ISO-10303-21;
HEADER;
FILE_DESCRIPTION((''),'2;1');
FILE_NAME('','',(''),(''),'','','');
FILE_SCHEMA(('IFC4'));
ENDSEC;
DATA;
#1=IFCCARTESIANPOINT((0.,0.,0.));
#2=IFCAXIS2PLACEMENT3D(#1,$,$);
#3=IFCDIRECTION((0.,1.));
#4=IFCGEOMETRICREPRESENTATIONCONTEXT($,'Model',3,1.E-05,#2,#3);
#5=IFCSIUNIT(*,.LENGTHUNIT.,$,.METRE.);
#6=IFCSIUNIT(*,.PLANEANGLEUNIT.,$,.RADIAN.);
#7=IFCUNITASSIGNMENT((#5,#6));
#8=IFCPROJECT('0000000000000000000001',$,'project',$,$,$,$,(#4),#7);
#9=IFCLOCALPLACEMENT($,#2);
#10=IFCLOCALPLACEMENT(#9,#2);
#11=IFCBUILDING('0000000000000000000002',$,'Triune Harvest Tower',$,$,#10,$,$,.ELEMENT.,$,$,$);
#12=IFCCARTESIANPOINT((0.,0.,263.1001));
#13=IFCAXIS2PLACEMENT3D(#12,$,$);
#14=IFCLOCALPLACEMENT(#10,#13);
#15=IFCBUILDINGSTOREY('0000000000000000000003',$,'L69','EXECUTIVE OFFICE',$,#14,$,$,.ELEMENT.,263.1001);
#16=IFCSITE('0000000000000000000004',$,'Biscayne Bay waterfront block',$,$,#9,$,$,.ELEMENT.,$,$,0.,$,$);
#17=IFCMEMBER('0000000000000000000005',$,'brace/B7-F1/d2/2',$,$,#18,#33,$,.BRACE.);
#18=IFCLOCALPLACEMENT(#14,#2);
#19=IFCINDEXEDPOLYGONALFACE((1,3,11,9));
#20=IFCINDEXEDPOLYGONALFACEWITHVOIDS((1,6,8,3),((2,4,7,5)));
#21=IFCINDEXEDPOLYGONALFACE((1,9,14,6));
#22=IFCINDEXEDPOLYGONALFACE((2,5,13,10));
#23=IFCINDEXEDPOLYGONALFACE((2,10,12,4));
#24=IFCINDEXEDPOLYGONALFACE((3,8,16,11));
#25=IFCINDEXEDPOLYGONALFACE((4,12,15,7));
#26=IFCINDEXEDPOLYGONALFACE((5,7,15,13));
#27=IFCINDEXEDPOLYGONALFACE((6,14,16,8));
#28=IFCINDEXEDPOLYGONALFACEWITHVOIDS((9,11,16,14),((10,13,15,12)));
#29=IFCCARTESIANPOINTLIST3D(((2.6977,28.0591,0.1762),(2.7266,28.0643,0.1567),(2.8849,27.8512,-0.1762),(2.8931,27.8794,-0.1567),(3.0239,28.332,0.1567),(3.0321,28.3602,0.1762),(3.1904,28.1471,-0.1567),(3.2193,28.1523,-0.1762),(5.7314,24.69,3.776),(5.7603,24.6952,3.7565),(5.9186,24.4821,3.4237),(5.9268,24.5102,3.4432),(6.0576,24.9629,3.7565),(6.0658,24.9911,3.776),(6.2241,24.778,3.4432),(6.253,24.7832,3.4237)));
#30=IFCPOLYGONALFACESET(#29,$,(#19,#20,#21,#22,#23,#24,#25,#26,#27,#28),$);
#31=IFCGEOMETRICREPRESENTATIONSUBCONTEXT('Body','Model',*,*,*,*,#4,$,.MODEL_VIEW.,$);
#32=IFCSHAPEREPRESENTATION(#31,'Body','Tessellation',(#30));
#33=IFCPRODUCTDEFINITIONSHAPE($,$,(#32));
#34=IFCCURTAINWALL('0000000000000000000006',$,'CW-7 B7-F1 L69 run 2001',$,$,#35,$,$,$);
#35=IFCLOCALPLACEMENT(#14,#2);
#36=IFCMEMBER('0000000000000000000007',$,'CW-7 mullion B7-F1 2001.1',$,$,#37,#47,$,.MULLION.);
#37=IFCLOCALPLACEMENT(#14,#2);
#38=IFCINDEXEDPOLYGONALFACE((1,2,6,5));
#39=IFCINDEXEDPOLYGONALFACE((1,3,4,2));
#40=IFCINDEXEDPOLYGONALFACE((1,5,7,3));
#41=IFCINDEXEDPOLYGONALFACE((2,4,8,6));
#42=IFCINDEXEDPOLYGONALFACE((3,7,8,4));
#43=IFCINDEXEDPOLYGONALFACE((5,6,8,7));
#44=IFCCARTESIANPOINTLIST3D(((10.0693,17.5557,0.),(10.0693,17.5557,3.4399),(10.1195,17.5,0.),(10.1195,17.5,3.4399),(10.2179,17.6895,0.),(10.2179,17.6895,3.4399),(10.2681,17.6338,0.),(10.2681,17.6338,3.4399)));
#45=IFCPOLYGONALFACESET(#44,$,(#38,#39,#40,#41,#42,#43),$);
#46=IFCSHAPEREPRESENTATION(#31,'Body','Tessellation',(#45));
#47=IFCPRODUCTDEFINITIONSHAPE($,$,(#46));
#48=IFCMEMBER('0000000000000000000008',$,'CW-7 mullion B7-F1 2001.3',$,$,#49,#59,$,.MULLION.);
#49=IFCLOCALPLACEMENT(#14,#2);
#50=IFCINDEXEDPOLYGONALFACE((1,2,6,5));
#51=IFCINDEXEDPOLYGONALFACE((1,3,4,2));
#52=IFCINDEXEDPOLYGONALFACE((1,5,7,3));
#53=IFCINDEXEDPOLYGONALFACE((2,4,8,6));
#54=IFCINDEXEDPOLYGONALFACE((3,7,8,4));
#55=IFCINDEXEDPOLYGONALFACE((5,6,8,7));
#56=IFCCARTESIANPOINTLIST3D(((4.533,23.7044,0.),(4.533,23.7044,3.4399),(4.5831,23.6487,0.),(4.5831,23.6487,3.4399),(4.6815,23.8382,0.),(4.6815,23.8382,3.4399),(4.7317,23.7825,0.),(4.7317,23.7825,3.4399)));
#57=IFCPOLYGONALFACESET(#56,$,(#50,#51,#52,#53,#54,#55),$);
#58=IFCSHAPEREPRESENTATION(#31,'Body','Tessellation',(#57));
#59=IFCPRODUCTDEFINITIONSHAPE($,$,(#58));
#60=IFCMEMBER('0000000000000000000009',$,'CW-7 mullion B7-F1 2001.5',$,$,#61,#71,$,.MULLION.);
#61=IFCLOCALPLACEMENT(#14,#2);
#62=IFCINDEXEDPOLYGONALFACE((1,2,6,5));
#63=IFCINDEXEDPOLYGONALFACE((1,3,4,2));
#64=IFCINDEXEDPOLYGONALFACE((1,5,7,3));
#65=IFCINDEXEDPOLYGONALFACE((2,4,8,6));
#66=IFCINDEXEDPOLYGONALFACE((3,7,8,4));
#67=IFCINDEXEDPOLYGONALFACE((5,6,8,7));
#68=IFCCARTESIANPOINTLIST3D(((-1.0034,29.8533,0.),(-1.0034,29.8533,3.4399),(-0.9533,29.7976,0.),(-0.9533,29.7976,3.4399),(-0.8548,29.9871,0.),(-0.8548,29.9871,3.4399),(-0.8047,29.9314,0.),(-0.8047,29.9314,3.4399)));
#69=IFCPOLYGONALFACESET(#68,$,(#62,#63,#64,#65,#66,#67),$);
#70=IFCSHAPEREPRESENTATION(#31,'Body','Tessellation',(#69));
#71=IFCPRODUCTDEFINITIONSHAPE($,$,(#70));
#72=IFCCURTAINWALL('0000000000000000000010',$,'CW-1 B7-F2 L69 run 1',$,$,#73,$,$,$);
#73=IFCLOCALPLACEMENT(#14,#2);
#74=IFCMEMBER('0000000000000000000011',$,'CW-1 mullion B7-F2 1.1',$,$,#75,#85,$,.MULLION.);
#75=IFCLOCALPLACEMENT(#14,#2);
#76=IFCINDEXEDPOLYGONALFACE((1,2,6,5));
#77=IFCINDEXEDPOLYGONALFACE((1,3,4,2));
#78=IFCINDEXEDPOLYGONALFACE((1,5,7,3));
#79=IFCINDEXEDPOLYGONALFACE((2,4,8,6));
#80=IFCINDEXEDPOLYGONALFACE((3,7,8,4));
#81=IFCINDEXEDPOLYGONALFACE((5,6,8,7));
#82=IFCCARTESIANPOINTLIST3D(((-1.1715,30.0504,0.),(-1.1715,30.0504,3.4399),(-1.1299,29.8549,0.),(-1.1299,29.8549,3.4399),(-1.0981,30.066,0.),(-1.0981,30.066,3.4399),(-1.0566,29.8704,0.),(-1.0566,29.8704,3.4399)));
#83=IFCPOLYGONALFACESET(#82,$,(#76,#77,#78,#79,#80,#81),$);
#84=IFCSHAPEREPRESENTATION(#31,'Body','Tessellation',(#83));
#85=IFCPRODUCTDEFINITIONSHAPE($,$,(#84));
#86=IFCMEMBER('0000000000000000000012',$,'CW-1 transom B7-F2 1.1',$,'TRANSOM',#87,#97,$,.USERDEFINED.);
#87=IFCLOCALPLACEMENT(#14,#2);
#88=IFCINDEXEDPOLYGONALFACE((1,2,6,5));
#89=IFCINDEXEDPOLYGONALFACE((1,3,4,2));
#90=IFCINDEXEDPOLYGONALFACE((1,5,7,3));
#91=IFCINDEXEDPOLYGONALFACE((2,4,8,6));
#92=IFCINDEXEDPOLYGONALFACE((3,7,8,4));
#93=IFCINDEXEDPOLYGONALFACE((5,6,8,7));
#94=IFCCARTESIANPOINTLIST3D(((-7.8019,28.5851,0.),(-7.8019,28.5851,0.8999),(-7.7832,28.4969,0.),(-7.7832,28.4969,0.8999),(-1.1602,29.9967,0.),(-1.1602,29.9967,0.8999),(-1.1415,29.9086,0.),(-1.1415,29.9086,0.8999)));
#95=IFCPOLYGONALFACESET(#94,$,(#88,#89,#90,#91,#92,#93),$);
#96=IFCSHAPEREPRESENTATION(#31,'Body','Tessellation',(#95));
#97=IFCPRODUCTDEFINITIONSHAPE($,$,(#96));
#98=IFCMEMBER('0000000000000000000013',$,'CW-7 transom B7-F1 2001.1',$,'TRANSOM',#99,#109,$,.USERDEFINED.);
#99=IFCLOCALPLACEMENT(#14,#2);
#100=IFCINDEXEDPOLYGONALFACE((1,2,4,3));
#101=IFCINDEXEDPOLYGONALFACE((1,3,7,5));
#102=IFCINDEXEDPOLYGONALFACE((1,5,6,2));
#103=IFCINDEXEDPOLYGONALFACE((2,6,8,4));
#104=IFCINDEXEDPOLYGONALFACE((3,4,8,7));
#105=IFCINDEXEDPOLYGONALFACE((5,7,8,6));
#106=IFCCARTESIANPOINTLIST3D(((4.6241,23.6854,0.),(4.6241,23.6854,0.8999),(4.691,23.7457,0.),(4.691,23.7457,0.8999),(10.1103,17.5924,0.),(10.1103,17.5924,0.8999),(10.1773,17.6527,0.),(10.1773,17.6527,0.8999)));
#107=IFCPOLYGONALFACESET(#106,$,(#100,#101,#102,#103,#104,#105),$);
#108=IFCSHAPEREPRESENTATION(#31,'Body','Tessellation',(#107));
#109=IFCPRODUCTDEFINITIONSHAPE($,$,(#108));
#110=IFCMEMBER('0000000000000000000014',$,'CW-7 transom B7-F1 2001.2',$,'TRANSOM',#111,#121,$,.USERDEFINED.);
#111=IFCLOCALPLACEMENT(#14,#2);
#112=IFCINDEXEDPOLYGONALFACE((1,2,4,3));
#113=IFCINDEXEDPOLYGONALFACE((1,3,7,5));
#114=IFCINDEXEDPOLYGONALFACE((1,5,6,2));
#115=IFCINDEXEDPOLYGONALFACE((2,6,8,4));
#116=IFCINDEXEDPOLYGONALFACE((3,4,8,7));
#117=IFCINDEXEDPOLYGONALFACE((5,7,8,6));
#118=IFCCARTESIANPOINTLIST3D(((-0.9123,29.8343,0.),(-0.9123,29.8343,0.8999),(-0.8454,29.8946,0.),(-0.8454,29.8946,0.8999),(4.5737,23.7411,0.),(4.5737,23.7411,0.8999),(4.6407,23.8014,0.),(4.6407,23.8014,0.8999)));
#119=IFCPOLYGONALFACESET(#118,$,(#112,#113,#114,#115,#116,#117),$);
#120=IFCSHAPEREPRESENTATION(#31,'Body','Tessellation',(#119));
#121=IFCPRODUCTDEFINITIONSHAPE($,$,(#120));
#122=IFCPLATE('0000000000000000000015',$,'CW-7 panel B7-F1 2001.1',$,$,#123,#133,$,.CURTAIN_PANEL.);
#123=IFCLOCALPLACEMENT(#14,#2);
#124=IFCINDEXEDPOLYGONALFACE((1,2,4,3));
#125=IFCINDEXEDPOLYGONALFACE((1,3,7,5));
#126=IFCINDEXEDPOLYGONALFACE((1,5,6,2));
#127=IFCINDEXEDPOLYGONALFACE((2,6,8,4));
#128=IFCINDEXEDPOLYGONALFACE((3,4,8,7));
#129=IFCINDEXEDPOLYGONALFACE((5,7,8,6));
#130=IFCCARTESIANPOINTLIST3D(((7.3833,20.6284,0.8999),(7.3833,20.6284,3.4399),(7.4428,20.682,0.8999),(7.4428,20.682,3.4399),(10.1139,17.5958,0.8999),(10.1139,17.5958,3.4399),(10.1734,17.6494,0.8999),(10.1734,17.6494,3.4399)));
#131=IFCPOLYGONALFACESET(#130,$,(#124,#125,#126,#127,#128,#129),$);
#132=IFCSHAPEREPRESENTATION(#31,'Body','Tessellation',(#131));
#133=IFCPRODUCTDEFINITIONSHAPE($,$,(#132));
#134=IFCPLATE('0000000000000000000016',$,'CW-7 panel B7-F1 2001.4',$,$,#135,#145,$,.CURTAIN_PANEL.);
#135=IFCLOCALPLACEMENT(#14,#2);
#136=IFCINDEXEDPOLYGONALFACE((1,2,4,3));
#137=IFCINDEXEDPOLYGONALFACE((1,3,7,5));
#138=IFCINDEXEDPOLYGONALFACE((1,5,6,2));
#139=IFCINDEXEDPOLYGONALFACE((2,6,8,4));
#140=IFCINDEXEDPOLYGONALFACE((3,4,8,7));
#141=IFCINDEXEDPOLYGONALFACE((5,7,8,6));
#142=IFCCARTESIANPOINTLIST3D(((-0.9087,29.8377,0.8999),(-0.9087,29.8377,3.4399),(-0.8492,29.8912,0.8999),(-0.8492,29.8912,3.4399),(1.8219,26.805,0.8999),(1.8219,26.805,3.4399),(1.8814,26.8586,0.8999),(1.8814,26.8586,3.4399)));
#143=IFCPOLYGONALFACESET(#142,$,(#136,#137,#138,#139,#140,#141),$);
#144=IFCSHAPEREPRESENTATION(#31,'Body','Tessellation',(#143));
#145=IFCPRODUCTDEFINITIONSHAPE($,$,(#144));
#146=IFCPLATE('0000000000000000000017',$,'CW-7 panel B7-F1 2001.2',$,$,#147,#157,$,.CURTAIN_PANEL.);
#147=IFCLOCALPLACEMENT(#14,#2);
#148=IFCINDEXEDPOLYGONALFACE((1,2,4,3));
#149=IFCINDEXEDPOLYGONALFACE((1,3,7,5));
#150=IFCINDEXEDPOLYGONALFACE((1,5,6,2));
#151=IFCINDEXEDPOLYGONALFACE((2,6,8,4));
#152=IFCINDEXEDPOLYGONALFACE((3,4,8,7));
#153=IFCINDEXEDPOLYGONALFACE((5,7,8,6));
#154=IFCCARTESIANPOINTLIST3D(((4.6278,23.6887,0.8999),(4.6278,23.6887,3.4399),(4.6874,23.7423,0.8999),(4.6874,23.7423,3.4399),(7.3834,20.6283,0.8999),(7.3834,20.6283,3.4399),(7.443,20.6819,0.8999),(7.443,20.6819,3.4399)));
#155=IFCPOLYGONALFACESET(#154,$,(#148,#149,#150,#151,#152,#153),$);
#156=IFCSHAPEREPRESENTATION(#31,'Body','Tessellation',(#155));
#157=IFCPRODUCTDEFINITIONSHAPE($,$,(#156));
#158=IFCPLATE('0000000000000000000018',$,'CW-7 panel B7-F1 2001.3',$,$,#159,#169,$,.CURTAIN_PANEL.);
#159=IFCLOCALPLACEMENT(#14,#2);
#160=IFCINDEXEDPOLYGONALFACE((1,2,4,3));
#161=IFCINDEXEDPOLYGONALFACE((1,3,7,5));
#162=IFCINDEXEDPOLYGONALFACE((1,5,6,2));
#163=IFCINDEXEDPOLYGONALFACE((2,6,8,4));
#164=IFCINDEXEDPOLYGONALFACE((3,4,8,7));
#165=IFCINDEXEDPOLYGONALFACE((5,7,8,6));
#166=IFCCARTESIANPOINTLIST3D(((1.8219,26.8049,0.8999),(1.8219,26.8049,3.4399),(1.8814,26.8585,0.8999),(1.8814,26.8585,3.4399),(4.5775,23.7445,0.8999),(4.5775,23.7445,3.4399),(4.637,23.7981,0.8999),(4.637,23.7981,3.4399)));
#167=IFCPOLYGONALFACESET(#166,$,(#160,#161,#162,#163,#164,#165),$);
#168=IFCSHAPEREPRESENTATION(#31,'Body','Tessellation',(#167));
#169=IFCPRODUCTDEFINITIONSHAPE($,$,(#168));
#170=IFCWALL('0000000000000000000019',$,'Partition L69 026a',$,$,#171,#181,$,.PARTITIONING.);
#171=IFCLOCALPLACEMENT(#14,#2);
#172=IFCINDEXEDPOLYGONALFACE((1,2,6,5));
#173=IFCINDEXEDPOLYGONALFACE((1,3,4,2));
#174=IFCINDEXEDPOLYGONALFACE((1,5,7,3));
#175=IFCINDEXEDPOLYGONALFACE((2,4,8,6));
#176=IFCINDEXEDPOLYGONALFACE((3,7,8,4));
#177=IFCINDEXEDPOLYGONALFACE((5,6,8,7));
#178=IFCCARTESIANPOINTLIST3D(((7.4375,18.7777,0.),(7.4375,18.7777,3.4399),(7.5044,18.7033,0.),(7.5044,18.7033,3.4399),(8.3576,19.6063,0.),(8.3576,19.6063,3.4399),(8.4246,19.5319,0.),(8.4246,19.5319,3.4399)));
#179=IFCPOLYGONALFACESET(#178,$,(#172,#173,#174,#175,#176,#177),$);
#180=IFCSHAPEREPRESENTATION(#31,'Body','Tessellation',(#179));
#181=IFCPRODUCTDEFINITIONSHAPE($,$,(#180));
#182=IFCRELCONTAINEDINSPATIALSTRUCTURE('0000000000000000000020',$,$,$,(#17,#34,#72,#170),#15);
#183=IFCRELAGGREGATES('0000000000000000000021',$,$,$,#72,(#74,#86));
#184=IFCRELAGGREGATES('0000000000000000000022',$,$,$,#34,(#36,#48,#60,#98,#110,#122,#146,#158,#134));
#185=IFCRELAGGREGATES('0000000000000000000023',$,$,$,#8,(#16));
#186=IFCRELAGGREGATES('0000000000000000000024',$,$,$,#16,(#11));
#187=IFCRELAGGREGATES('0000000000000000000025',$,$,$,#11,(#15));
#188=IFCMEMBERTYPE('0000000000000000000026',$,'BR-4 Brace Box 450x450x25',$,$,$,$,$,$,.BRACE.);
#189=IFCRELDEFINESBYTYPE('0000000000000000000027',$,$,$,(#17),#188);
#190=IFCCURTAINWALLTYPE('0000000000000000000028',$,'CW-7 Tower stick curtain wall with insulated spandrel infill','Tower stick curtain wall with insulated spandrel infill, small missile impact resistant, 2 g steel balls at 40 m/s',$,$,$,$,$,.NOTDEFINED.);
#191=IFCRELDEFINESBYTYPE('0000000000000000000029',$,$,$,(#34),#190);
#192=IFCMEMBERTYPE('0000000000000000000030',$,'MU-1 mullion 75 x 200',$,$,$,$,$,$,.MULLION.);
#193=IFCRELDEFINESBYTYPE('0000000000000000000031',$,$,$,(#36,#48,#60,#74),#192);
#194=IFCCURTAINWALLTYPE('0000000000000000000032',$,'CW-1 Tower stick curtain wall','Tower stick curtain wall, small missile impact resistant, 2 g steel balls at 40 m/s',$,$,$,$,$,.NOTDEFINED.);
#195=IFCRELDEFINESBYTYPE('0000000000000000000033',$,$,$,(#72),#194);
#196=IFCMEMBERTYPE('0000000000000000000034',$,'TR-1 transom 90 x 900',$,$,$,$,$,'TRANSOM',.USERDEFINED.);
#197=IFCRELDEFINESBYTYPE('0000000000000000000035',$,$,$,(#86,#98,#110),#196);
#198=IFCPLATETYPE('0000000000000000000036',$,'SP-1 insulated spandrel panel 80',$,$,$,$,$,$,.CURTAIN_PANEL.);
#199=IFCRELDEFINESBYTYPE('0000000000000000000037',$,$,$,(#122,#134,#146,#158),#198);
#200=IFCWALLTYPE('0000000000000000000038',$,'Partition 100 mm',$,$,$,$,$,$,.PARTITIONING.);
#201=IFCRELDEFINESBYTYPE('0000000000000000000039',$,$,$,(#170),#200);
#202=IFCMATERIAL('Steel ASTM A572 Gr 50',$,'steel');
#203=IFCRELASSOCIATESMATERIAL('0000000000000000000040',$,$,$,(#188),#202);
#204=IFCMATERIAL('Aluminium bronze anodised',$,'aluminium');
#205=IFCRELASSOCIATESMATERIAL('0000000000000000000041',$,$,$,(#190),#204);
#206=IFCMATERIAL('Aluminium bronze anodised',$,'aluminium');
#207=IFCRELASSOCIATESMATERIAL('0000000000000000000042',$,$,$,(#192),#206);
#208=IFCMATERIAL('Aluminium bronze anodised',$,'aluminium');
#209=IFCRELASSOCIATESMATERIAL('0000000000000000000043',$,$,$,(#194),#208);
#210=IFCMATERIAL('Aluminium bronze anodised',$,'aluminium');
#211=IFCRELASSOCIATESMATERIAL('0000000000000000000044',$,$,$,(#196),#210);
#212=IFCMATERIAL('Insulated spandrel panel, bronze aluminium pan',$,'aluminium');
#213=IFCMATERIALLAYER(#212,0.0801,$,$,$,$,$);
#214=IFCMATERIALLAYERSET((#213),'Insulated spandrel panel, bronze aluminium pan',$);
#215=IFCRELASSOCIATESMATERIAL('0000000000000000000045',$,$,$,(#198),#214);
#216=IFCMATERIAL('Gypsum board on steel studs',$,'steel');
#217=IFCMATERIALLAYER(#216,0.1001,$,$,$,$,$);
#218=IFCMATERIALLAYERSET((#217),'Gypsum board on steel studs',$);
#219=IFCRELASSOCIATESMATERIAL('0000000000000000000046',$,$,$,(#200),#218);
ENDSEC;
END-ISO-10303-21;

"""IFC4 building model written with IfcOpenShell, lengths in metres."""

from ifc_helpers import new_model, si_unit, direction, frame, frame_2d, origin, origin_2d, place, context, subcontext, project, spatial, rectangle, hollow_rectangle, extrude, source, transform, mapped, material, layer, layer_set, material_profile, profile_set, type_object, element, aggregate, save


model = new_model("IFC4")

# Units and contexts
model_context = context("Model", 3, precision=1e-05, world=origin(), true_north=direction((0.0, 1.0)))
body_context = subcontext(model_context, "Body", "Model", "MODEL_VIEW")
ifc_project = project(units=[si_unit("LENGTHUNIT", "METRE"), si_unit("PLANEANGLEUNIT", "RADIAN")], contexts=[model_context])

# Site, building, storey
site_placement = place(None, origin())
site = spatial("IfcSite", under=ifc_project, at=site_placement, Name="Biscayne Bay waterfront block", CompositionType="ELEMENT", RefElevation=0.0)
building_placement = place(site_placement, origin())
building = spatial("IfcBuilding", under=site, at=building_placement, Name="Triune Harvest Tower", CompositionType="ELEMENT")
storey_placement = place(building_placement, frame((0.0, 0.0, 263.1001)))
storey = spatial("IfcBuildingStorey", under=building, at=storey_placement, Name="L69", Description="EXECUTIVE OFFICE", CompositionType="ELEMENT", Elevation=263.1001)

# Member
ifc_material_1 = material(Name="Steel ASTM A572 Gr 50", Category="steel")
ifc_material_profile_1 = material_profile(ifc_material_1, hollow_rectangle(XDim=0.45, YDim=0.45, WallThickness=0.0249, at=origin_2d()), Name="Box 450x450x25")
ifc_profile_set_1 = profile_set([ifc_material_profile_1], Name="Steel ASTM A572 Gr 50")
member_type_1 = type_object("IfcMemberType", Name="BR-4 Brace Box 450x450x25", PredefinedType="BRACE", material=ifc_profile_set_1)
shared_shape_1 = source(origin(), body_context, "Body", "SweptSolid", [
    extrude(hollow_rectangle(XDim=0.45, YDim=0.45, WallThickness=0.0249, at=origin_2d()), origin(), (0.0, 0.0, 1.0), 5.7891),
])
member_1_placement = place(storey_placement, frame((2.9585, 28.1057, 0.0), z_axis=(0.524038, -0.581983, 0.621836), x_axis=(0.743133, 0.669143, 0.0)))
element("IfcMember", 1, at=member_1_placement, inside=storey, type_object=member_type_1, Name="brace/B7-F1/d2/2", PredefinedType="BRACE", context=body_context, shape_type="MappedRepresentation", body=[
    mapped(shared_shape_1, transform((0.0, 0.0, 0.0), scale=1.0)),
])

# Curtain walls, members
ifc_material_2 = material(Name="Aluminium bronze anodised", Category="aluminium")
curtain_wall_type_1 = type_object("IfcCurtainWallType", Name="CW-7 Tower stick curtain wall with insulated spandrel infill", Description="Tower stick curtain wall with insulated spandrel infill, small missile impact resistant, 2 g steel balls at 40 m/s", PredefinedType="NOTDEFINED", material=ifc_material_2)
curtain_wall_1_placement = place(storey_placement, origin())
curtain_wall_1 = element("IfcCurtainWall", 2, at=curtain_wall_1_placement, inside=storey, type_object=curtain_wall_type_1, Name="CW-7 B7-F1 L69 run 2001")
ifc_material_3 = material(Name="Aluminium bronze anodised", Category="aluminium")
ifc_material_profile_2 = material_profile(ifc_material_3, rectangle(XDim=0.2, YDim=0.075, at=origin_2d()), Name="MU-1 mullion 75 x 200")
ifc_profile_set_2 = profile_set([ifc_material_profile_2], Name="Aluminium bronze anodised")
member_type_2 = type_object("IfcMemberType", Name="MU-1 mullion 75 x 200", PredefinedType="MULLION", material=ifc_profile_set_2)
shared_shape_2 = source(origin(), body_context, "Body", "SweptSolid", [
    extrude(rectangle(XDim=0.2, YDim=0.075, at=origin_2d()), origin(), (0.0, 0.0, 1.0), 3.4399),
])
member_2_placement = place(storey_placement, frame((10.1687, 17.5947, 0.0), z_axis=(0.0, 0.0, 1.0), x_axis=(-0.743142, -0.669134, 0.0)))
member_2 = element("IfcMember", 3, at=member_2_placement, type_object=member_type_2, Name="CW-7 mullion B7-F1 2001.1", PredefinedType="MULLION", context=body_context, shape_type="MappedRepresentation", body=[
    mapped(shared_shape_2, transform((0.0, 0.0, 0.0), scale=1.0)),
])
member_3_placement = place(storey_placement, frame((4.6323, 23.7434, 0.0), z_axis=(0.0, 0.0, 1.0), x_axis=(-0.743142, -0.669134, 0.0)))
member_3 = element("IfcMember", 4, at=member_3_placement, type_object=member_type_2, Name="CW-7 mullion B7-F1 2001.3", PredefinedType="MULLION", context=body_context, shape_type="MappedRepresentation", body=[
    mapped(shared_shape_2, transform((0.0, 0.0, 0.0), scale=1.0)),
])
member_4_placement = place(storey_placement, frame((-0.9041, 29.8923, 0.0), z_axis=(0.0, 0.0, 1.0), x_axis=(-0.743142, -0.669134, 0.0)))
member_4 = element("IfcMember", 5, at=member_4_placement, type_object=member_type_2, Name="CW-7 mullion B7-F1 2001.5", PredefinedType="MULLION", context=body_context, shape_type="MappedRepresentation", body=[
    mapped(shared_shape_2, transform((0.0, 0.0, 0.0), scale=1.0)),
])
ifc_material_4 = material(Name="Aluminium bronze anodised", Category="aluminium")
curtain_wall_type_2 = type_object("IfcCurtainWallType", Name="CW-1 Tower stick curtain wall", Description="Tower stick curtain wall, small missile impact resistant, 2 g steel balls at 40 m/s", PredefinedType="NOTDEFINED", material=ifc_material_4)
curtain_wall_2_placement = place(storey_placement, origin())
curtain_wall_2 = element("IfcCurtainWall", 6, at=curtain_wall_2_placement, inside=storey, type_object=curtain_wall_type_2, Name="CW-1 B7-F2 L69 run 1")
member_5_placement = place(storey_placement, frame((-1.114, 29.9604, 0.0), z_axis=(0.0, 0.0, 1.0), x_axis=(0.207905, -0.978149, 0.0)))
member_5 = element("IfcMember", 7, at=member_5_placement, type_object=member_type_2, Name="CW-1 mullion B7-F2 1.1", PredefinedType="MULLION", context=body_context, shape_type="MappedRepresentation", body=[
    mapped(shared_shape_2, transform((0.0, 0.0, 0.0), scale=1.0)),
])
ifc_material_5 = material(Name="Aluminium bronze anodised", Category="aluminium")
ifc_material_profile_3 = material_profile(ifc_material_5, rectangle(XDim=0.0901, YDim=0.8999, at=origin_2d()), Name="TR-1 transom 90 x 900")
ifc_profile_set_3 = profile_set([ifc_material_profile_3], Name="Aluminium bronze anodised")
member_type_3 = type_object("IfcMemberType", Name="TR-1 transom 90 x 900", ElementType="TRANSOM", PredefinedType="USERDEFINED", material=ifc_profile_set_3)
shared_shape_3 = source(origin(), body_context, "Body", "SweptSolid", [
    extrude(rectangle(XDim=0.0901, YDim=0.8999, at=origin_2d()), origin(), (0.0, 0.0, 1.0), 6.79),
])
member_6_placement = place(storey_placement, frame((-1.1509, 29.9526, 0.45), z_axis=(-0.97815, -0.207898, 0.0), x_axis=(0.207898, -0.97815, 0.0)))
member_6 = element("IfcMember", 8, at=member_6_placement, type_object=member_type_3, Name="CW-1 transom B7-F2 1.1", ObjectType="TRANSOM", PredefinedType="USERDEFINED", context=body_context, shape_type="MappedRepresentation", body=[
    mapped(shared_shape_3, transform((0.0, 0.0, 0.0), scale=1.0)),
])
aggregate(curtain_wall_2, [member_5, member_6])

# Members
shared_shape_4 = source(origin(), body_context, "Body", "SweptSolid", [
    extrude(rectangle(XDim=0.0901, YDim=0.8999, at=origin_2d()), origin(), (0.0, 0.0, 1.0), 8.199),
])
member_7_placement = place(storey_placement, frame((10.1438, 17.6226, 0.45), z_axis=(-0.669141, 0.743136, 0.0), x_axis=(-0.743136, -0.669141, 0.0)))
member_7 = element("IfcMember", 9, at=member_7_placement, type_object=member_type_3, Name="CW-7 transom B7-F1 2001.1", ObjectType="TRANSOM", PredefinedType="USERDEFINED", context=body_context, shape_type="MappedRepresentation", body=[
    mapped(shared_shape_4, transform((0.0, 0.0, 0.0), scale=1.0)),
])
member_8_placement = place(storey_placement, frame((4.6072, 23.7712, 0.45), z_axis=(-0.669109, 0.743164, 0.0), x_axis=(-0.743164, -0.669109, 0.0)))
member_8 = element("IfcMember", 10, at=member_8_placement, type_object=member_type_3, Name="CW-7 transom B7-F1 2001.2", ObjectType="TRANSOM", PredefinedType="USERDEFINED", context=body_context, shape_type="MappedRepresentation", body=[
    mapped(shared_shape_4, transform((0.0, 0.0, 0.0), scale=1.0)),
])

# Plates
ifc_material_6 = material(Name="Insulated spandrel panel, bronze aluminium pan", Category="aluminium")
ifc_layer_1 = layer(ifc_material_6, 0.0801)
ifc_layer_set_1 = layer_set([ifc_layer_1], Name="Insulated spandrel panel, bronze aluminium pan")
plate_type = type_object("IfcPlateType", Name="SP-1 insulated spandrel panel 80", PredefinedType="CURTAIN_PANEL", material=ifc_layer_set_1)
shared_shape_5 = source(origin(), body_context, "Body", "SweptSolid", [
    extrude(rectangle(XDim=4.0808, YDim=0.0801, at=origin_2d()), origin(), (0.0, 0.0, 1.0), 2.54),
])
plate_1_placement = place(storey_placement, frame((8.7783, 19.1389, 0.8999), z_axis=(0.0, 0.0, 1.0), x_axis=(-0.669134, 0.743142, 0.0)))
plate_1 = element("IfcPlate", 11, at=plate_1_placement, type_object=plate_type, Name="CW-7 panel B7-F1 2001.1", PredefinedType="CURTAIN_PANEL", context=body_context, shape_type="MappedRepresentation", body=[
    mapped(shared_shape_5, transform((0.0, 0.0, 0.0), scale=1.0)),
])
plate_2_placement = place(storey_placement, frame((0.4863, 28.3481, 0.8999), z_axis=(0.0, 0.0, 1.0), x_axis=(-0.669134, 0.743142, 0.0)))
plate_2 = element("IfcPlate", 12, at=plate_2_placement, type_object=plate_type, Name="CW-7 panel B7-F1 2001.4", PredefinedType="CURTAIN_PANEL", context=body_context, shape_type="MappedRepresentation", body=[
    mapped(shared_shape_5, transform((0.0, 0.0, 0.0), scale=1.0)),
])
shared_shape_6 = source(origin(), body_context, "Body", "SweptSolid", [
    extrude(rectangle(XDim=4.1182, YDim=0.0801, at=origin_2d()), origin(), (0.0, 0.0, 1.0), 2.54),
])
plate_3_placement = place(storey_placement, frame((6.0354, 22.1853, 0.8999), z_axis=(0.0, 0.0, 1.0), x_axis=(-0.669134, 0.743142, 0.0)))
plate_3 = element("IfcPlate", 13, at=plate_3_placement, type_object=plate_type, Name="CW-7 panel B7-F1 2001.2", PredefinedType="CURTAIN_PANEL", context=body_context, shape_type="MappedRepresentation", body=[
    mapped(shared_shape_6, transform((0.0, 0.0, 0.0), scale=1.0)),
])
plate_4_placement = place(storey_placement, frame((3.2295, 25.3015, 0.8999), z_axis=(0.0, 0.0, 1.0), x_axis=(-0.669134, 0.743142, 0.0)))
plate_4 = element("IfcPlate", 14, at=plate_4_placement, type_object=plate_type, Name="CW-7 panel B7-F1 2001.3", PredefinedType="CURTAIN_PANEL", context=body_context, shape_type="MappedRepresentation", body=[
    mapped(shared_shape_6, transform((0.0, 0.0, 0.0), scale=1.0)),
])
aggregate(curtain_wall_1, [member_2, member_3, member_4, member_7, member_8, plate_1, plate_3, plate_4, plate_2])

# Wall
ifc_material_7 = material(Name="Gypsum board on steel studs", Category="steel")
ifc_layer_2 = layer(ifc_material_7, 0.1001)
ifc_layer_set_2 = layer_set([ifc_layer_2], Name="Gypsum board on steel studs")
wall_type = type_object("IfcWallType", Name="Partition 100 mm", PredefinedType="PARTITIONING", material=ifc_layer_set_2)
wall_placement = place(storey_placement, frame((7.4709, 18.7405, 0.0), z_axis=(0.0, 0.0, 1.0), x_axis=(0.743108, 0.669172, 0.0)))
element("IfcWall", 15, at=wall_placement, inside=storey, type_object=wall_type, Name="Partition L69 026a", PredefinedType="PARTITIONING", context=body_context, shape_type="SweptSolid", body=[
    extrude(rectangle(XDim=1.2383, YDim=0.1001, at=frame_2d((0.6191, 0.0))), origin(), (0.0, 0.0, 1.0), 3.4399),
])

save(model, "model.ifc")
